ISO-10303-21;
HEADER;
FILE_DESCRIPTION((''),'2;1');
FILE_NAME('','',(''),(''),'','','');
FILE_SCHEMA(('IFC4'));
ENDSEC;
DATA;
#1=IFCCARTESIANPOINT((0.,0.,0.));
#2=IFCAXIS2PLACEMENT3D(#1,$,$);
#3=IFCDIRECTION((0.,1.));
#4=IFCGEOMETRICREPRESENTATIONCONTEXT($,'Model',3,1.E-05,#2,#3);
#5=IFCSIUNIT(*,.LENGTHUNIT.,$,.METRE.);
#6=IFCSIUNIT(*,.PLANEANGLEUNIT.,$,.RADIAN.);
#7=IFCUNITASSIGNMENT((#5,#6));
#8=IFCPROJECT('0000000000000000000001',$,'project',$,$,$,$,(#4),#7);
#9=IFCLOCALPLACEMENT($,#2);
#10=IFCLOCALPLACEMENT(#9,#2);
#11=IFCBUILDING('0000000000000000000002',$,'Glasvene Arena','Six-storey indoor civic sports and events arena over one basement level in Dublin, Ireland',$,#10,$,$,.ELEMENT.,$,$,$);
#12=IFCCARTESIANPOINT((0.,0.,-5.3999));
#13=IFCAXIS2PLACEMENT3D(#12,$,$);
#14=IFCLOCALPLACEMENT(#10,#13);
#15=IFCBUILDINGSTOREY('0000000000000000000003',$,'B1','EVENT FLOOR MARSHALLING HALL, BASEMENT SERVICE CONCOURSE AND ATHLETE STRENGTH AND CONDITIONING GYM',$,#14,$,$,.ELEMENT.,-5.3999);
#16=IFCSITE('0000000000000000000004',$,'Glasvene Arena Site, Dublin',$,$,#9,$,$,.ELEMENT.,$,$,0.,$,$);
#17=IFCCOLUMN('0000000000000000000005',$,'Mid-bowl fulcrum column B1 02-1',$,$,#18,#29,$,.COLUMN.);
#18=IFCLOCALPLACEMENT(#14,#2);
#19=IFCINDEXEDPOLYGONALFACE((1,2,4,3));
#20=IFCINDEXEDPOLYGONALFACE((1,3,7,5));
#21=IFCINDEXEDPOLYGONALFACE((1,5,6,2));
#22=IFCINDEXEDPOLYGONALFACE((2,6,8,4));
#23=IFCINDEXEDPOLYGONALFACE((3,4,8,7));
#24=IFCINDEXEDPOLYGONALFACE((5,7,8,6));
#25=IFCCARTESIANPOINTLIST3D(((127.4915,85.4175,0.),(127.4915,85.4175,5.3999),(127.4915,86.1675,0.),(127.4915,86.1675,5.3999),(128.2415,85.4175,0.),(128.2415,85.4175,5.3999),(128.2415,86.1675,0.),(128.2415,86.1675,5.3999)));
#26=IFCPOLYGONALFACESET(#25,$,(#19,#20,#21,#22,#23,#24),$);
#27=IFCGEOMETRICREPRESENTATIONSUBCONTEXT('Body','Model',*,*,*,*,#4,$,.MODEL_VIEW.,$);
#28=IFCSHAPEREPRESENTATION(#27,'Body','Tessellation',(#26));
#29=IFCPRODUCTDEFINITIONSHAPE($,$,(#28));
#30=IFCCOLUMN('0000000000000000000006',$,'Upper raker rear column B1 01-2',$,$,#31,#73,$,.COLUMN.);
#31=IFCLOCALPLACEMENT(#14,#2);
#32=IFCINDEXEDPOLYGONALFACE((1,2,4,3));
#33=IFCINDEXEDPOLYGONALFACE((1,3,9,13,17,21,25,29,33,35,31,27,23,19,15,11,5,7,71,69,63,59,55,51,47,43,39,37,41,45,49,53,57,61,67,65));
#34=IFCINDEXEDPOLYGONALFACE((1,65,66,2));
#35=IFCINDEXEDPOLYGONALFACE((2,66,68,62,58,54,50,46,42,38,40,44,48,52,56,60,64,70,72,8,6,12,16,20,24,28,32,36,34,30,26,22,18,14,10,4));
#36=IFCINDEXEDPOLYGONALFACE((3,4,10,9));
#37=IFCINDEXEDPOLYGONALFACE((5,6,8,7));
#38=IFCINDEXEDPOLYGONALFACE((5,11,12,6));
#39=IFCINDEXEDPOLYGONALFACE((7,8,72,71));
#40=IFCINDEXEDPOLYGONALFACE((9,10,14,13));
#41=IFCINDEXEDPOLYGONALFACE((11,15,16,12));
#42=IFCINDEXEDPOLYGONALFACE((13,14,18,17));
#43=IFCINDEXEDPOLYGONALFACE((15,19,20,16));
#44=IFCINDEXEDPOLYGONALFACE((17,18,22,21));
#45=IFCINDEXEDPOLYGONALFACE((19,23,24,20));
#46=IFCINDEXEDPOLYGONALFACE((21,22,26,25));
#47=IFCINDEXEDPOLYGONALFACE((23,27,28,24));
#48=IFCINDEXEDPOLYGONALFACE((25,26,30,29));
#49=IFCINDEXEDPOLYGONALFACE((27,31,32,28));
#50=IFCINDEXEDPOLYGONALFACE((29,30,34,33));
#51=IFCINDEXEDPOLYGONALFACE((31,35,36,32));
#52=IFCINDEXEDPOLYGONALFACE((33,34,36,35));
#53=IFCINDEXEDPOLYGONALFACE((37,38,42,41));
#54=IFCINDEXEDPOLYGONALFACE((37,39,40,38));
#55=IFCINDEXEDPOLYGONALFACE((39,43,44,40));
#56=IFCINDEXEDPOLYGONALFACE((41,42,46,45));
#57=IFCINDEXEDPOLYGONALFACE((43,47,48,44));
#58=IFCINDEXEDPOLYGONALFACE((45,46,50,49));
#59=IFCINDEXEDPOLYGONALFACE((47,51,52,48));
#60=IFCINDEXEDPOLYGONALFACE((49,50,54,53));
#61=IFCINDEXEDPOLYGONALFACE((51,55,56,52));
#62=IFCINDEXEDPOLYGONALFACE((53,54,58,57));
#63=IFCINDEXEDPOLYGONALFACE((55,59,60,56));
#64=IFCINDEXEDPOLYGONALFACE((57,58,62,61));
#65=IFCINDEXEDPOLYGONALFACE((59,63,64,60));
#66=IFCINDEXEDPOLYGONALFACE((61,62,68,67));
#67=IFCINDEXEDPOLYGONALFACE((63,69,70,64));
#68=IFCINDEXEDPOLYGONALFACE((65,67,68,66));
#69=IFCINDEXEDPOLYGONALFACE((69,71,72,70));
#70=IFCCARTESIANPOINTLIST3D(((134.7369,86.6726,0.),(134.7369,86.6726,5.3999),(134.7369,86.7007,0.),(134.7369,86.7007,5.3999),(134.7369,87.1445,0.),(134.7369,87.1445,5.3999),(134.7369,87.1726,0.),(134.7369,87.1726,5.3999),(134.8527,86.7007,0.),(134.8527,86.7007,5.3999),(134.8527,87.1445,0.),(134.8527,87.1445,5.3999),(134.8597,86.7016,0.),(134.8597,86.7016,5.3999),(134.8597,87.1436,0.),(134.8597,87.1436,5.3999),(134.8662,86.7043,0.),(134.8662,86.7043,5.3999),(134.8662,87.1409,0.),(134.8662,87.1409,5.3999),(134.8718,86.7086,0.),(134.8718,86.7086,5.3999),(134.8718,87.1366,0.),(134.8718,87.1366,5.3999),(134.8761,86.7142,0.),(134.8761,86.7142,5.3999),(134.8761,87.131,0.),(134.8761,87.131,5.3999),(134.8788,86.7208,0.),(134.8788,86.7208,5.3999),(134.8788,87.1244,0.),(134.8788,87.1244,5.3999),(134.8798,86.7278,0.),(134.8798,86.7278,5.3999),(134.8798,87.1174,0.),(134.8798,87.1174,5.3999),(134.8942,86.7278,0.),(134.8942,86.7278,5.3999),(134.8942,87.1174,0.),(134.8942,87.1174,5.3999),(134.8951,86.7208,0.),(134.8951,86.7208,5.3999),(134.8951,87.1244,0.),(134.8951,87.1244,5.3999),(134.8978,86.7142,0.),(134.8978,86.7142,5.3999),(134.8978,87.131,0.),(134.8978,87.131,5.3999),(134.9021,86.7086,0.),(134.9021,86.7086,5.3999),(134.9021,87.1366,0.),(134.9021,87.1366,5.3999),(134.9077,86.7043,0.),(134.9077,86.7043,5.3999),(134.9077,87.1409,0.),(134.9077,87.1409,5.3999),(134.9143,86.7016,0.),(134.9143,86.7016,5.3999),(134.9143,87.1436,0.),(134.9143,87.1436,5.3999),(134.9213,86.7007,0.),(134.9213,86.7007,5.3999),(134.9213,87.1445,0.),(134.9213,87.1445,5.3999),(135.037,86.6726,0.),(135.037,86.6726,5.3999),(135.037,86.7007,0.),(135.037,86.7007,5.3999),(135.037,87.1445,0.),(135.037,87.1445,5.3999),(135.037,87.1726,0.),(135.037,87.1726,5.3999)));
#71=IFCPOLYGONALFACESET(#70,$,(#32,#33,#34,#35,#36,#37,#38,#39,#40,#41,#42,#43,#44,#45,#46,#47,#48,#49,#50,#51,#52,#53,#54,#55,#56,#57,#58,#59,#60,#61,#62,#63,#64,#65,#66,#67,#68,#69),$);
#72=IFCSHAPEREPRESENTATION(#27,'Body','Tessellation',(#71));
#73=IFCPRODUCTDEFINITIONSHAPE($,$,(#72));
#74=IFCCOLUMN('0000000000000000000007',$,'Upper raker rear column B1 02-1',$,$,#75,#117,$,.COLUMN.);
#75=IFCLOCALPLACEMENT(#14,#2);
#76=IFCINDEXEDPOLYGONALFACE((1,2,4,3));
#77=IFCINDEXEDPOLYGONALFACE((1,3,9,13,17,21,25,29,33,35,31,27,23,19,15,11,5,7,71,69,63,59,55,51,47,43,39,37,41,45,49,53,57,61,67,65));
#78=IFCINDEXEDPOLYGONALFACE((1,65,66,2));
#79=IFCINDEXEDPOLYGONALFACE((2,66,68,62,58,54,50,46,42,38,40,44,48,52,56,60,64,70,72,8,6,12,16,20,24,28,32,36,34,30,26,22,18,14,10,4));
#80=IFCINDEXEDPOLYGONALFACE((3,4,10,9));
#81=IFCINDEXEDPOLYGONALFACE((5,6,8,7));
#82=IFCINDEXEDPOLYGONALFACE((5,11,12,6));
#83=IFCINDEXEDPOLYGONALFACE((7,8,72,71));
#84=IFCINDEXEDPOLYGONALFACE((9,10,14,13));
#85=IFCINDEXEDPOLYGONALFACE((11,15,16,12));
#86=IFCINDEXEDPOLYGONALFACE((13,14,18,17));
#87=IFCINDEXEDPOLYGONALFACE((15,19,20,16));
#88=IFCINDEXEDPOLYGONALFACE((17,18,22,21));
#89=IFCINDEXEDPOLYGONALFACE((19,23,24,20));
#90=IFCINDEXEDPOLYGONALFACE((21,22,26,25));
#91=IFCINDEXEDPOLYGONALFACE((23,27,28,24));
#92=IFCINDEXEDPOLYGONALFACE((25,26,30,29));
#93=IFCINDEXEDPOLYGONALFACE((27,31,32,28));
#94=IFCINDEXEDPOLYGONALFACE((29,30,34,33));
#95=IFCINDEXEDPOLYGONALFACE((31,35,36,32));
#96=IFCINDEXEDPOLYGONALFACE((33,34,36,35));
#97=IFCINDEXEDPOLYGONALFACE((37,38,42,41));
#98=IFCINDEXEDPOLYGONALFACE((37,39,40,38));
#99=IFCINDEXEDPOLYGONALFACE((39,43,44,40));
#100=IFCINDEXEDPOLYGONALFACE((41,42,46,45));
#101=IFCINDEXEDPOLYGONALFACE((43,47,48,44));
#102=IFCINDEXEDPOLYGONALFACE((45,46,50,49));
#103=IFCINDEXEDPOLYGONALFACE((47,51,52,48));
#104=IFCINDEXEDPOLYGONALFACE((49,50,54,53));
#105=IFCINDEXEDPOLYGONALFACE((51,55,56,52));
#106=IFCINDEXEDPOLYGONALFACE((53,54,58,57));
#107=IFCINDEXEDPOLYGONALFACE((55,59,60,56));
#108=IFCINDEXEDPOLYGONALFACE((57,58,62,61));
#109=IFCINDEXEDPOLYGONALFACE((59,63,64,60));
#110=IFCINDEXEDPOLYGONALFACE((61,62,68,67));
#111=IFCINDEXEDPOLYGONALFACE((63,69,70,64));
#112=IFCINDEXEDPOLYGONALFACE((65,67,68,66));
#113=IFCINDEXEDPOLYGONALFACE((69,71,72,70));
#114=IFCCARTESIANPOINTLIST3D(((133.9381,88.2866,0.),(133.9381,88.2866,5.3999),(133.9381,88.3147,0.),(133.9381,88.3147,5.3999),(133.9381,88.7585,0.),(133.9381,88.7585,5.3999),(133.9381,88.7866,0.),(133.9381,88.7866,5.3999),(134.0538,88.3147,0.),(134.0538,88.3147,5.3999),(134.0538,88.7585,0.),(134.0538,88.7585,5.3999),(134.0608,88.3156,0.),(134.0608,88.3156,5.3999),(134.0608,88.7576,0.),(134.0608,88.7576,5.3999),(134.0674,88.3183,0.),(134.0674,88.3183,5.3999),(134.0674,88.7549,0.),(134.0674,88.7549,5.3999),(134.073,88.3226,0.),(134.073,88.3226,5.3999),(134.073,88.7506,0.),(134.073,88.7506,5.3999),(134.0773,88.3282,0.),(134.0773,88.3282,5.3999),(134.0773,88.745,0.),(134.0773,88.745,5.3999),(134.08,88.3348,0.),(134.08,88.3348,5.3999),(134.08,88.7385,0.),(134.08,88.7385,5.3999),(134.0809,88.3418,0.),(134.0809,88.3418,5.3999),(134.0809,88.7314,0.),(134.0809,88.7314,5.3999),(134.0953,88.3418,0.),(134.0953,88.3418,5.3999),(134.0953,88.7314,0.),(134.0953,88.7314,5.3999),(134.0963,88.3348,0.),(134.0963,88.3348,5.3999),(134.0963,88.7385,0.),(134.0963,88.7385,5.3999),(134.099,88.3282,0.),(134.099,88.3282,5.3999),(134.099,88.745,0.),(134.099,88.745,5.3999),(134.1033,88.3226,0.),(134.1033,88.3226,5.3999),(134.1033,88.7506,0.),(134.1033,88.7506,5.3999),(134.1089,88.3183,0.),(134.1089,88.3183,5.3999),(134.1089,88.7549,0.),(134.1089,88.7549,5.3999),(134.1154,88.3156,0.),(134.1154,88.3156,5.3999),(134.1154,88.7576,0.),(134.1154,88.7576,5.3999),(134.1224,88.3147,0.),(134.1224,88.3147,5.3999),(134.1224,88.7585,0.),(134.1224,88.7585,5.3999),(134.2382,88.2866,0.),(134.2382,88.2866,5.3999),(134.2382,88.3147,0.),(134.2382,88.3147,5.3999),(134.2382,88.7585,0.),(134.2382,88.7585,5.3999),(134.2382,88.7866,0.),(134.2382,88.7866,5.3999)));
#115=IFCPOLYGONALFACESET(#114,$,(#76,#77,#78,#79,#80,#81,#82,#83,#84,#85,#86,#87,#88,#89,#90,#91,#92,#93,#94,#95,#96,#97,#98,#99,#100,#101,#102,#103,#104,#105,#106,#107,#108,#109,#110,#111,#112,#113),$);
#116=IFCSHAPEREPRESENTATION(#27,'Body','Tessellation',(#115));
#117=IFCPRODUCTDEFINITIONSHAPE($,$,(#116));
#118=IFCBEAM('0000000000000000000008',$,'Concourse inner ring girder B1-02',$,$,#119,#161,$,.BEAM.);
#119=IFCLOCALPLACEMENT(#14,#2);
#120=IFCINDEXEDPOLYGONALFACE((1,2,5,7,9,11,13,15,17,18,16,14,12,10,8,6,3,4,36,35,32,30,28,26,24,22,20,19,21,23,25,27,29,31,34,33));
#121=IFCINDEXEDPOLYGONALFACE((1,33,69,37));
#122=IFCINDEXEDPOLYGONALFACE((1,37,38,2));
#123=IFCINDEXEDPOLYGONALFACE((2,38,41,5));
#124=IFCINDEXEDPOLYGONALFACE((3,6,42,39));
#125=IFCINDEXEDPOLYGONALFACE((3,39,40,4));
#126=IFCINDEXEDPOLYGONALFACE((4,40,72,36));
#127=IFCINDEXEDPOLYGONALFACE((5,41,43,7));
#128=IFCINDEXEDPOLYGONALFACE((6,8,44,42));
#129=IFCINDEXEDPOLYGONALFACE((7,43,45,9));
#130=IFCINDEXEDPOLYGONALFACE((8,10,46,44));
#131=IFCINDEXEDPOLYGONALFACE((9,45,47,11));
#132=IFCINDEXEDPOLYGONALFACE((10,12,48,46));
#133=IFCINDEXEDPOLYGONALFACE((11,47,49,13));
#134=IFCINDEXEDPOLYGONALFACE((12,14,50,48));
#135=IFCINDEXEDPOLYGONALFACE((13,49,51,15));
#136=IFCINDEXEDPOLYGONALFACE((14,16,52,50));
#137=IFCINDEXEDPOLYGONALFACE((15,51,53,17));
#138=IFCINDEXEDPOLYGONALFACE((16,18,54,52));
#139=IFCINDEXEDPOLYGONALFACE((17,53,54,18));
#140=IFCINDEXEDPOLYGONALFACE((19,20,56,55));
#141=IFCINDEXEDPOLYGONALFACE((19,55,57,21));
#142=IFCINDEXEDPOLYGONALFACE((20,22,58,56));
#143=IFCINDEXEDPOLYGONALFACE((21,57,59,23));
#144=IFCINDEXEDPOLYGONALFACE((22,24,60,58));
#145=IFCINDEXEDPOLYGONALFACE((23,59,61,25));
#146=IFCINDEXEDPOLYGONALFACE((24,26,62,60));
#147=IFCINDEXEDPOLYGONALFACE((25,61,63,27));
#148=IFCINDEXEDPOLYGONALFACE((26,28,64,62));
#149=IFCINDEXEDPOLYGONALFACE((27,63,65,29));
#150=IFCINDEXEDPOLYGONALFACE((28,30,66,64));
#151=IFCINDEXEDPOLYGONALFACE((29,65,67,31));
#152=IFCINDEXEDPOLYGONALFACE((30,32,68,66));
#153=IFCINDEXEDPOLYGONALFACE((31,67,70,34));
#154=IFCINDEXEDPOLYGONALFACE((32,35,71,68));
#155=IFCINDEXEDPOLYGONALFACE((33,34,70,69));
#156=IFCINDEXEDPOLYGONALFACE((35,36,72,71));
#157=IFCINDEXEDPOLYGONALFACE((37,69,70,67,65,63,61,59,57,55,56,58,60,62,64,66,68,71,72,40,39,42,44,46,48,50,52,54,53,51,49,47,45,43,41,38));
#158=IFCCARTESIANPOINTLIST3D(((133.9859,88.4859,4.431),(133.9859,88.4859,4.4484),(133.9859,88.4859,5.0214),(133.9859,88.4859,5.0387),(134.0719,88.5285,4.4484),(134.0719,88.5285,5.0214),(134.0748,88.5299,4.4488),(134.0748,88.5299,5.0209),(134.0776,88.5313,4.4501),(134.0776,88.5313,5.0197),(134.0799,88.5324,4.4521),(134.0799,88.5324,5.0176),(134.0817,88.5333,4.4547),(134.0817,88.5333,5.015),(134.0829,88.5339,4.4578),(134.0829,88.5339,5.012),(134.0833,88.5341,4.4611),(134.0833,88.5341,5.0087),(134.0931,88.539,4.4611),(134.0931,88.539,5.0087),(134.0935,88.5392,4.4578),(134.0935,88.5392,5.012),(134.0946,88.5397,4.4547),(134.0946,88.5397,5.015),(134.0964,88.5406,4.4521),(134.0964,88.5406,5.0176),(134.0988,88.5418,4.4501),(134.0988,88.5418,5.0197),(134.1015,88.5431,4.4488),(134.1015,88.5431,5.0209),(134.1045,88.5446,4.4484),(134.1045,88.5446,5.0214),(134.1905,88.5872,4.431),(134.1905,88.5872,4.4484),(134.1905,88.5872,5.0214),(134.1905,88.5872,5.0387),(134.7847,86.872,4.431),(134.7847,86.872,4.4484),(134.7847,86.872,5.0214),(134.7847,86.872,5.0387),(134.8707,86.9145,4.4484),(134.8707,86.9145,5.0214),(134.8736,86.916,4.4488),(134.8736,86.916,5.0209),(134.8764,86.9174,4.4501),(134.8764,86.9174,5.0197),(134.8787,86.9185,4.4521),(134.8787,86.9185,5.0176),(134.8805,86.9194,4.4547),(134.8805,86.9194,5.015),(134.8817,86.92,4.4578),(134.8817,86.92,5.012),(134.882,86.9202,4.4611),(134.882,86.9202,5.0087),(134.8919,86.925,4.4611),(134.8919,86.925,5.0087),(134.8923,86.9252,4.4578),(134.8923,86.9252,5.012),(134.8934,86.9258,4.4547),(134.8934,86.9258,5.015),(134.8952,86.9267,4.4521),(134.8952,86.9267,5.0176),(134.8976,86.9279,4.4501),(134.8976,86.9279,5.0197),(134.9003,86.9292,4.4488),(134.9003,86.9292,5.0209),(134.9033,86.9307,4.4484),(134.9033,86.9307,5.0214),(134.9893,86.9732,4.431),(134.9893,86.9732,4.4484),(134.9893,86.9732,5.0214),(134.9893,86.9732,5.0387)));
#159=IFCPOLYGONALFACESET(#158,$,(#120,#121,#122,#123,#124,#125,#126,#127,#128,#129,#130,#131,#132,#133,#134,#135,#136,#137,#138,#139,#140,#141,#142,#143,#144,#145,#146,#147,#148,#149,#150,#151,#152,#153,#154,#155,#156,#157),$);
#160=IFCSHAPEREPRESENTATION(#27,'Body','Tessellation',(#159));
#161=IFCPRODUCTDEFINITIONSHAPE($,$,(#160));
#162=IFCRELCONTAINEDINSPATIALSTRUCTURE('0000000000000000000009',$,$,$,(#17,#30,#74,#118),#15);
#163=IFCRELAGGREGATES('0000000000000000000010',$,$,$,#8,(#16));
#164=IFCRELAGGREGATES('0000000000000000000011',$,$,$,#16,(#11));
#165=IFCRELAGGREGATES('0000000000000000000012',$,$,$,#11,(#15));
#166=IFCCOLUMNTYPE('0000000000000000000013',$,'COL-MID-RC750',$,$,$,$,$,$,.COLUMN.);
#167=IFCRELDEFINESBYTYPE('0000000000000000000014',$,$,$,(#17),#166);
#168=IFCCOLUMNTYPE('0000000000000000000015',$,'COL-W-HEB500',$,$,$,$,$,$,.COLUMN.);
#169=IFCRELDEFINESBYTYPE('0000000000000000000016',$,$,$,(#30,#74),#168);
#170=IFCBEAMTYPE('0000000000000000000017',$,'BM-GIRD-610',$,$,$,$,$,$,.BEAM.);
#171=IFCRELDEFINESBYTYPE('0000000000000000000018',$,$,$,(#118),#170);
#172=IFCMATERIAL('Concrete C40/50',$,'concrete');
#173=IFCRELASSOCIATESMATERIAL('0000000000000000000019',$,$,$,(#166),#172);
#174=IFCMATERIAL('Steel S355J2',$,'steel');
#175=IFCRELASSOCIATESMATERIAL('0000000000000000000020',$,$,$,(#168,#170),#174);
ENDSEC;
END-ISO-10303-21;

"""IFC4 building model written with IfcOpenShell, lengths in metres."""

from ifc_helpers import new_model, si_unit, direction, frame, origin, origin_2d, place, context, subcontext, project, spatial, rectangle, i_section, extrude, material, material_profile, profile_set, type_object, element, save


model = new_model("IFC4")

# Units and contexts
model_context = context("Model", 3, precision=1e-05, world=origin(), true_north=direction((0.0, 1.0)))
body_context = subcontext(model_context, "Body", "Model", "MODEL_VIEW")
ifc_project = project(units=[si_unit("LENGTHUNIT", "METRE"), si_unit("PLANEANGLEUNIT", "RADIAN")], contexts=[model_context])

# Site, building, storey
site_placement = place(None, origin())
site = spatial("IfcSite", under=ifc_project, at=site_placement, Name="Glasvene Arena Site, Dublin", CompositionType="ELEMENT", RefElevation=0.0)
building_placement = place(site_placement, origin())
building = spatial("IfcBuilding", under=site, at=building_placement, Name="Glasvene Arena", Description="Six-storey indoor civic sports and events arena over one basement level in Dublin, Ireland", CompositionType="ELEMENT")
storey_placement = place(building_placement, frame((0.0, 0.0, -5.3999)))
storey = spatial("IfcBuildingStorey", under=building, at=storey_placement, Name="B1", Description="EVENT FLOOR MARSHALLING HALL, BASEMENT SERVICE CONCOURSE AND ATHLETE STRENGTH AND CONDITIONING GYM", CompositionType="ELEMENT", Elevation=-5.3999)

# Shared definitions
ifc_material_1 = material(Name="Concrete C40/50", Category="concrete")

# Columns
ifc_material_profile_1 = material_profile(ifc_material_1, rectangle(XDim=0.75, YDim=0.75, at=origin_2d()), Name="RC 750x750")
ifc_profile_set_1 = profile_set([ifc_material_profile_1], Name="Concrete C40/50")
column_type_1 = type_object("IfcColumnType", Name="COL-MID-RC750", PredefinedType="COLUMN", material=ifc_profile_set_1)
for number, where, z_axis, x_axis, name in (
    (1, (127.8665, 85.7925, 0.0), (0.0, 0.0, 1.0), (1.0, 0.0, 0.0), "Mid-bowl fulcrum column B1 02-1"),
):
    element("IfcColumn", number, at=place(storey_placement, frame(where, z_axis=z_axis, x_axis=x_axis)), inside=storey, type_object=column_type_1, Name=name, PredefinedType="COLUMN", context=body_context, shape_type="SweptSolid", body=[
        extrude(rectangle(XDim=0.75, YDim=0.75, at=origin_2d()), origin(), (0.0, 0.0, 1.0), 5.3999),
    ])
ifc_material_2 = material(Name="Steel S355J2", Category="steel")
ifc_material_profile_2 = material_profile(ifc_material_2, i_section(OverallWidth=0.3, OverallDepth=0.5, WebThickness=0.0144, FlangeThickness=0.0281, FilletRadius=0.0271, at=origin_2d()), Name="HEB 500")
ifc_profile_set_2 = profile_set([ifc_material_profile_2], Name="Steel S355J2")
column_type_2 = type_object("IfcColumnType", Name="COL-W-HEB500", PredefinedType="COLUMN", material=ifc_profile_set_2)
for number, where, z_axis, x_axis, name in (
    (2, (134.887, 86.9226, 0.0), (0.0, 0.0, 1.0), (1.0, 0.0, 0.0), "Upper raker rear column B1 01-2"),
    (3, (134.0881, 88.5366, 0.0), (0.0, 0.0, 1.0), (1.0, 0.0, 0.0), "Upper raker rear column B1 02-1"),
):
    element("IfcColumn", number, at=place(storey_placement, frame(where, z_axis=z_axis, x_axis=x_axis)), inside=storey, type_object=column_type_2, Name=name, PredefinedType="COLUMN", context=body_context, shape_type="SweptSolid", body=[
        extrude(i_section(OverallWidth=0.3, OverallDepth=0.5, WebThickness=0.0144, FlangeThickness=0.0281, FilletRadius=0.0271, at=origin_2d()), origin(), (0.0, 0.0, 1.0), 5.3999),
    ])

# Beam
ifc_material_profile_3 = material_profile(ifc_material_2, i_section(OverallWidth=0.2283, OverallDepth=0.6077, WebThickness=0.011, FlangeThickness=0.0173, FilletRadius=0.0127, at=origin_2d()), Name="UKB 610x229x113")
ifc_profile_set_3 = profile_set([ifc_material_profile_3], Name="Steel S355J2")
beam_type_1 = type_object("IfcBeamType", Name="BM-GIRD-610", PredefinedType="BEAM", material=ifc_profile_set_3)
beam_1_placement = place(storey_placement, frame((134.887, 86.9226, 4.7349), z_axis=(-0.443577, 0.896236, 0.0), x_axis=(-0.896236, -0.443577, 0.0)))
element("IfcBeam", 4, at=beam_1_placement, inside=storey, type_object=beam_type_1, Name="Concourse inner ring girder B1-02", PredefinedType="BEAM", context=body_context, shape_type="SweptSolid", body=[
    extrude(i_section(OverallWidth=0.2283, OverallDepth=0.6077, WebThickness=0.011, FlangeThickness=0.0173, FilletRadius=0.0127, at=origin_2d()), origin(), (0.0, 0.0, 1.0), 1.8008),
])

save(model, "model.ifc")
